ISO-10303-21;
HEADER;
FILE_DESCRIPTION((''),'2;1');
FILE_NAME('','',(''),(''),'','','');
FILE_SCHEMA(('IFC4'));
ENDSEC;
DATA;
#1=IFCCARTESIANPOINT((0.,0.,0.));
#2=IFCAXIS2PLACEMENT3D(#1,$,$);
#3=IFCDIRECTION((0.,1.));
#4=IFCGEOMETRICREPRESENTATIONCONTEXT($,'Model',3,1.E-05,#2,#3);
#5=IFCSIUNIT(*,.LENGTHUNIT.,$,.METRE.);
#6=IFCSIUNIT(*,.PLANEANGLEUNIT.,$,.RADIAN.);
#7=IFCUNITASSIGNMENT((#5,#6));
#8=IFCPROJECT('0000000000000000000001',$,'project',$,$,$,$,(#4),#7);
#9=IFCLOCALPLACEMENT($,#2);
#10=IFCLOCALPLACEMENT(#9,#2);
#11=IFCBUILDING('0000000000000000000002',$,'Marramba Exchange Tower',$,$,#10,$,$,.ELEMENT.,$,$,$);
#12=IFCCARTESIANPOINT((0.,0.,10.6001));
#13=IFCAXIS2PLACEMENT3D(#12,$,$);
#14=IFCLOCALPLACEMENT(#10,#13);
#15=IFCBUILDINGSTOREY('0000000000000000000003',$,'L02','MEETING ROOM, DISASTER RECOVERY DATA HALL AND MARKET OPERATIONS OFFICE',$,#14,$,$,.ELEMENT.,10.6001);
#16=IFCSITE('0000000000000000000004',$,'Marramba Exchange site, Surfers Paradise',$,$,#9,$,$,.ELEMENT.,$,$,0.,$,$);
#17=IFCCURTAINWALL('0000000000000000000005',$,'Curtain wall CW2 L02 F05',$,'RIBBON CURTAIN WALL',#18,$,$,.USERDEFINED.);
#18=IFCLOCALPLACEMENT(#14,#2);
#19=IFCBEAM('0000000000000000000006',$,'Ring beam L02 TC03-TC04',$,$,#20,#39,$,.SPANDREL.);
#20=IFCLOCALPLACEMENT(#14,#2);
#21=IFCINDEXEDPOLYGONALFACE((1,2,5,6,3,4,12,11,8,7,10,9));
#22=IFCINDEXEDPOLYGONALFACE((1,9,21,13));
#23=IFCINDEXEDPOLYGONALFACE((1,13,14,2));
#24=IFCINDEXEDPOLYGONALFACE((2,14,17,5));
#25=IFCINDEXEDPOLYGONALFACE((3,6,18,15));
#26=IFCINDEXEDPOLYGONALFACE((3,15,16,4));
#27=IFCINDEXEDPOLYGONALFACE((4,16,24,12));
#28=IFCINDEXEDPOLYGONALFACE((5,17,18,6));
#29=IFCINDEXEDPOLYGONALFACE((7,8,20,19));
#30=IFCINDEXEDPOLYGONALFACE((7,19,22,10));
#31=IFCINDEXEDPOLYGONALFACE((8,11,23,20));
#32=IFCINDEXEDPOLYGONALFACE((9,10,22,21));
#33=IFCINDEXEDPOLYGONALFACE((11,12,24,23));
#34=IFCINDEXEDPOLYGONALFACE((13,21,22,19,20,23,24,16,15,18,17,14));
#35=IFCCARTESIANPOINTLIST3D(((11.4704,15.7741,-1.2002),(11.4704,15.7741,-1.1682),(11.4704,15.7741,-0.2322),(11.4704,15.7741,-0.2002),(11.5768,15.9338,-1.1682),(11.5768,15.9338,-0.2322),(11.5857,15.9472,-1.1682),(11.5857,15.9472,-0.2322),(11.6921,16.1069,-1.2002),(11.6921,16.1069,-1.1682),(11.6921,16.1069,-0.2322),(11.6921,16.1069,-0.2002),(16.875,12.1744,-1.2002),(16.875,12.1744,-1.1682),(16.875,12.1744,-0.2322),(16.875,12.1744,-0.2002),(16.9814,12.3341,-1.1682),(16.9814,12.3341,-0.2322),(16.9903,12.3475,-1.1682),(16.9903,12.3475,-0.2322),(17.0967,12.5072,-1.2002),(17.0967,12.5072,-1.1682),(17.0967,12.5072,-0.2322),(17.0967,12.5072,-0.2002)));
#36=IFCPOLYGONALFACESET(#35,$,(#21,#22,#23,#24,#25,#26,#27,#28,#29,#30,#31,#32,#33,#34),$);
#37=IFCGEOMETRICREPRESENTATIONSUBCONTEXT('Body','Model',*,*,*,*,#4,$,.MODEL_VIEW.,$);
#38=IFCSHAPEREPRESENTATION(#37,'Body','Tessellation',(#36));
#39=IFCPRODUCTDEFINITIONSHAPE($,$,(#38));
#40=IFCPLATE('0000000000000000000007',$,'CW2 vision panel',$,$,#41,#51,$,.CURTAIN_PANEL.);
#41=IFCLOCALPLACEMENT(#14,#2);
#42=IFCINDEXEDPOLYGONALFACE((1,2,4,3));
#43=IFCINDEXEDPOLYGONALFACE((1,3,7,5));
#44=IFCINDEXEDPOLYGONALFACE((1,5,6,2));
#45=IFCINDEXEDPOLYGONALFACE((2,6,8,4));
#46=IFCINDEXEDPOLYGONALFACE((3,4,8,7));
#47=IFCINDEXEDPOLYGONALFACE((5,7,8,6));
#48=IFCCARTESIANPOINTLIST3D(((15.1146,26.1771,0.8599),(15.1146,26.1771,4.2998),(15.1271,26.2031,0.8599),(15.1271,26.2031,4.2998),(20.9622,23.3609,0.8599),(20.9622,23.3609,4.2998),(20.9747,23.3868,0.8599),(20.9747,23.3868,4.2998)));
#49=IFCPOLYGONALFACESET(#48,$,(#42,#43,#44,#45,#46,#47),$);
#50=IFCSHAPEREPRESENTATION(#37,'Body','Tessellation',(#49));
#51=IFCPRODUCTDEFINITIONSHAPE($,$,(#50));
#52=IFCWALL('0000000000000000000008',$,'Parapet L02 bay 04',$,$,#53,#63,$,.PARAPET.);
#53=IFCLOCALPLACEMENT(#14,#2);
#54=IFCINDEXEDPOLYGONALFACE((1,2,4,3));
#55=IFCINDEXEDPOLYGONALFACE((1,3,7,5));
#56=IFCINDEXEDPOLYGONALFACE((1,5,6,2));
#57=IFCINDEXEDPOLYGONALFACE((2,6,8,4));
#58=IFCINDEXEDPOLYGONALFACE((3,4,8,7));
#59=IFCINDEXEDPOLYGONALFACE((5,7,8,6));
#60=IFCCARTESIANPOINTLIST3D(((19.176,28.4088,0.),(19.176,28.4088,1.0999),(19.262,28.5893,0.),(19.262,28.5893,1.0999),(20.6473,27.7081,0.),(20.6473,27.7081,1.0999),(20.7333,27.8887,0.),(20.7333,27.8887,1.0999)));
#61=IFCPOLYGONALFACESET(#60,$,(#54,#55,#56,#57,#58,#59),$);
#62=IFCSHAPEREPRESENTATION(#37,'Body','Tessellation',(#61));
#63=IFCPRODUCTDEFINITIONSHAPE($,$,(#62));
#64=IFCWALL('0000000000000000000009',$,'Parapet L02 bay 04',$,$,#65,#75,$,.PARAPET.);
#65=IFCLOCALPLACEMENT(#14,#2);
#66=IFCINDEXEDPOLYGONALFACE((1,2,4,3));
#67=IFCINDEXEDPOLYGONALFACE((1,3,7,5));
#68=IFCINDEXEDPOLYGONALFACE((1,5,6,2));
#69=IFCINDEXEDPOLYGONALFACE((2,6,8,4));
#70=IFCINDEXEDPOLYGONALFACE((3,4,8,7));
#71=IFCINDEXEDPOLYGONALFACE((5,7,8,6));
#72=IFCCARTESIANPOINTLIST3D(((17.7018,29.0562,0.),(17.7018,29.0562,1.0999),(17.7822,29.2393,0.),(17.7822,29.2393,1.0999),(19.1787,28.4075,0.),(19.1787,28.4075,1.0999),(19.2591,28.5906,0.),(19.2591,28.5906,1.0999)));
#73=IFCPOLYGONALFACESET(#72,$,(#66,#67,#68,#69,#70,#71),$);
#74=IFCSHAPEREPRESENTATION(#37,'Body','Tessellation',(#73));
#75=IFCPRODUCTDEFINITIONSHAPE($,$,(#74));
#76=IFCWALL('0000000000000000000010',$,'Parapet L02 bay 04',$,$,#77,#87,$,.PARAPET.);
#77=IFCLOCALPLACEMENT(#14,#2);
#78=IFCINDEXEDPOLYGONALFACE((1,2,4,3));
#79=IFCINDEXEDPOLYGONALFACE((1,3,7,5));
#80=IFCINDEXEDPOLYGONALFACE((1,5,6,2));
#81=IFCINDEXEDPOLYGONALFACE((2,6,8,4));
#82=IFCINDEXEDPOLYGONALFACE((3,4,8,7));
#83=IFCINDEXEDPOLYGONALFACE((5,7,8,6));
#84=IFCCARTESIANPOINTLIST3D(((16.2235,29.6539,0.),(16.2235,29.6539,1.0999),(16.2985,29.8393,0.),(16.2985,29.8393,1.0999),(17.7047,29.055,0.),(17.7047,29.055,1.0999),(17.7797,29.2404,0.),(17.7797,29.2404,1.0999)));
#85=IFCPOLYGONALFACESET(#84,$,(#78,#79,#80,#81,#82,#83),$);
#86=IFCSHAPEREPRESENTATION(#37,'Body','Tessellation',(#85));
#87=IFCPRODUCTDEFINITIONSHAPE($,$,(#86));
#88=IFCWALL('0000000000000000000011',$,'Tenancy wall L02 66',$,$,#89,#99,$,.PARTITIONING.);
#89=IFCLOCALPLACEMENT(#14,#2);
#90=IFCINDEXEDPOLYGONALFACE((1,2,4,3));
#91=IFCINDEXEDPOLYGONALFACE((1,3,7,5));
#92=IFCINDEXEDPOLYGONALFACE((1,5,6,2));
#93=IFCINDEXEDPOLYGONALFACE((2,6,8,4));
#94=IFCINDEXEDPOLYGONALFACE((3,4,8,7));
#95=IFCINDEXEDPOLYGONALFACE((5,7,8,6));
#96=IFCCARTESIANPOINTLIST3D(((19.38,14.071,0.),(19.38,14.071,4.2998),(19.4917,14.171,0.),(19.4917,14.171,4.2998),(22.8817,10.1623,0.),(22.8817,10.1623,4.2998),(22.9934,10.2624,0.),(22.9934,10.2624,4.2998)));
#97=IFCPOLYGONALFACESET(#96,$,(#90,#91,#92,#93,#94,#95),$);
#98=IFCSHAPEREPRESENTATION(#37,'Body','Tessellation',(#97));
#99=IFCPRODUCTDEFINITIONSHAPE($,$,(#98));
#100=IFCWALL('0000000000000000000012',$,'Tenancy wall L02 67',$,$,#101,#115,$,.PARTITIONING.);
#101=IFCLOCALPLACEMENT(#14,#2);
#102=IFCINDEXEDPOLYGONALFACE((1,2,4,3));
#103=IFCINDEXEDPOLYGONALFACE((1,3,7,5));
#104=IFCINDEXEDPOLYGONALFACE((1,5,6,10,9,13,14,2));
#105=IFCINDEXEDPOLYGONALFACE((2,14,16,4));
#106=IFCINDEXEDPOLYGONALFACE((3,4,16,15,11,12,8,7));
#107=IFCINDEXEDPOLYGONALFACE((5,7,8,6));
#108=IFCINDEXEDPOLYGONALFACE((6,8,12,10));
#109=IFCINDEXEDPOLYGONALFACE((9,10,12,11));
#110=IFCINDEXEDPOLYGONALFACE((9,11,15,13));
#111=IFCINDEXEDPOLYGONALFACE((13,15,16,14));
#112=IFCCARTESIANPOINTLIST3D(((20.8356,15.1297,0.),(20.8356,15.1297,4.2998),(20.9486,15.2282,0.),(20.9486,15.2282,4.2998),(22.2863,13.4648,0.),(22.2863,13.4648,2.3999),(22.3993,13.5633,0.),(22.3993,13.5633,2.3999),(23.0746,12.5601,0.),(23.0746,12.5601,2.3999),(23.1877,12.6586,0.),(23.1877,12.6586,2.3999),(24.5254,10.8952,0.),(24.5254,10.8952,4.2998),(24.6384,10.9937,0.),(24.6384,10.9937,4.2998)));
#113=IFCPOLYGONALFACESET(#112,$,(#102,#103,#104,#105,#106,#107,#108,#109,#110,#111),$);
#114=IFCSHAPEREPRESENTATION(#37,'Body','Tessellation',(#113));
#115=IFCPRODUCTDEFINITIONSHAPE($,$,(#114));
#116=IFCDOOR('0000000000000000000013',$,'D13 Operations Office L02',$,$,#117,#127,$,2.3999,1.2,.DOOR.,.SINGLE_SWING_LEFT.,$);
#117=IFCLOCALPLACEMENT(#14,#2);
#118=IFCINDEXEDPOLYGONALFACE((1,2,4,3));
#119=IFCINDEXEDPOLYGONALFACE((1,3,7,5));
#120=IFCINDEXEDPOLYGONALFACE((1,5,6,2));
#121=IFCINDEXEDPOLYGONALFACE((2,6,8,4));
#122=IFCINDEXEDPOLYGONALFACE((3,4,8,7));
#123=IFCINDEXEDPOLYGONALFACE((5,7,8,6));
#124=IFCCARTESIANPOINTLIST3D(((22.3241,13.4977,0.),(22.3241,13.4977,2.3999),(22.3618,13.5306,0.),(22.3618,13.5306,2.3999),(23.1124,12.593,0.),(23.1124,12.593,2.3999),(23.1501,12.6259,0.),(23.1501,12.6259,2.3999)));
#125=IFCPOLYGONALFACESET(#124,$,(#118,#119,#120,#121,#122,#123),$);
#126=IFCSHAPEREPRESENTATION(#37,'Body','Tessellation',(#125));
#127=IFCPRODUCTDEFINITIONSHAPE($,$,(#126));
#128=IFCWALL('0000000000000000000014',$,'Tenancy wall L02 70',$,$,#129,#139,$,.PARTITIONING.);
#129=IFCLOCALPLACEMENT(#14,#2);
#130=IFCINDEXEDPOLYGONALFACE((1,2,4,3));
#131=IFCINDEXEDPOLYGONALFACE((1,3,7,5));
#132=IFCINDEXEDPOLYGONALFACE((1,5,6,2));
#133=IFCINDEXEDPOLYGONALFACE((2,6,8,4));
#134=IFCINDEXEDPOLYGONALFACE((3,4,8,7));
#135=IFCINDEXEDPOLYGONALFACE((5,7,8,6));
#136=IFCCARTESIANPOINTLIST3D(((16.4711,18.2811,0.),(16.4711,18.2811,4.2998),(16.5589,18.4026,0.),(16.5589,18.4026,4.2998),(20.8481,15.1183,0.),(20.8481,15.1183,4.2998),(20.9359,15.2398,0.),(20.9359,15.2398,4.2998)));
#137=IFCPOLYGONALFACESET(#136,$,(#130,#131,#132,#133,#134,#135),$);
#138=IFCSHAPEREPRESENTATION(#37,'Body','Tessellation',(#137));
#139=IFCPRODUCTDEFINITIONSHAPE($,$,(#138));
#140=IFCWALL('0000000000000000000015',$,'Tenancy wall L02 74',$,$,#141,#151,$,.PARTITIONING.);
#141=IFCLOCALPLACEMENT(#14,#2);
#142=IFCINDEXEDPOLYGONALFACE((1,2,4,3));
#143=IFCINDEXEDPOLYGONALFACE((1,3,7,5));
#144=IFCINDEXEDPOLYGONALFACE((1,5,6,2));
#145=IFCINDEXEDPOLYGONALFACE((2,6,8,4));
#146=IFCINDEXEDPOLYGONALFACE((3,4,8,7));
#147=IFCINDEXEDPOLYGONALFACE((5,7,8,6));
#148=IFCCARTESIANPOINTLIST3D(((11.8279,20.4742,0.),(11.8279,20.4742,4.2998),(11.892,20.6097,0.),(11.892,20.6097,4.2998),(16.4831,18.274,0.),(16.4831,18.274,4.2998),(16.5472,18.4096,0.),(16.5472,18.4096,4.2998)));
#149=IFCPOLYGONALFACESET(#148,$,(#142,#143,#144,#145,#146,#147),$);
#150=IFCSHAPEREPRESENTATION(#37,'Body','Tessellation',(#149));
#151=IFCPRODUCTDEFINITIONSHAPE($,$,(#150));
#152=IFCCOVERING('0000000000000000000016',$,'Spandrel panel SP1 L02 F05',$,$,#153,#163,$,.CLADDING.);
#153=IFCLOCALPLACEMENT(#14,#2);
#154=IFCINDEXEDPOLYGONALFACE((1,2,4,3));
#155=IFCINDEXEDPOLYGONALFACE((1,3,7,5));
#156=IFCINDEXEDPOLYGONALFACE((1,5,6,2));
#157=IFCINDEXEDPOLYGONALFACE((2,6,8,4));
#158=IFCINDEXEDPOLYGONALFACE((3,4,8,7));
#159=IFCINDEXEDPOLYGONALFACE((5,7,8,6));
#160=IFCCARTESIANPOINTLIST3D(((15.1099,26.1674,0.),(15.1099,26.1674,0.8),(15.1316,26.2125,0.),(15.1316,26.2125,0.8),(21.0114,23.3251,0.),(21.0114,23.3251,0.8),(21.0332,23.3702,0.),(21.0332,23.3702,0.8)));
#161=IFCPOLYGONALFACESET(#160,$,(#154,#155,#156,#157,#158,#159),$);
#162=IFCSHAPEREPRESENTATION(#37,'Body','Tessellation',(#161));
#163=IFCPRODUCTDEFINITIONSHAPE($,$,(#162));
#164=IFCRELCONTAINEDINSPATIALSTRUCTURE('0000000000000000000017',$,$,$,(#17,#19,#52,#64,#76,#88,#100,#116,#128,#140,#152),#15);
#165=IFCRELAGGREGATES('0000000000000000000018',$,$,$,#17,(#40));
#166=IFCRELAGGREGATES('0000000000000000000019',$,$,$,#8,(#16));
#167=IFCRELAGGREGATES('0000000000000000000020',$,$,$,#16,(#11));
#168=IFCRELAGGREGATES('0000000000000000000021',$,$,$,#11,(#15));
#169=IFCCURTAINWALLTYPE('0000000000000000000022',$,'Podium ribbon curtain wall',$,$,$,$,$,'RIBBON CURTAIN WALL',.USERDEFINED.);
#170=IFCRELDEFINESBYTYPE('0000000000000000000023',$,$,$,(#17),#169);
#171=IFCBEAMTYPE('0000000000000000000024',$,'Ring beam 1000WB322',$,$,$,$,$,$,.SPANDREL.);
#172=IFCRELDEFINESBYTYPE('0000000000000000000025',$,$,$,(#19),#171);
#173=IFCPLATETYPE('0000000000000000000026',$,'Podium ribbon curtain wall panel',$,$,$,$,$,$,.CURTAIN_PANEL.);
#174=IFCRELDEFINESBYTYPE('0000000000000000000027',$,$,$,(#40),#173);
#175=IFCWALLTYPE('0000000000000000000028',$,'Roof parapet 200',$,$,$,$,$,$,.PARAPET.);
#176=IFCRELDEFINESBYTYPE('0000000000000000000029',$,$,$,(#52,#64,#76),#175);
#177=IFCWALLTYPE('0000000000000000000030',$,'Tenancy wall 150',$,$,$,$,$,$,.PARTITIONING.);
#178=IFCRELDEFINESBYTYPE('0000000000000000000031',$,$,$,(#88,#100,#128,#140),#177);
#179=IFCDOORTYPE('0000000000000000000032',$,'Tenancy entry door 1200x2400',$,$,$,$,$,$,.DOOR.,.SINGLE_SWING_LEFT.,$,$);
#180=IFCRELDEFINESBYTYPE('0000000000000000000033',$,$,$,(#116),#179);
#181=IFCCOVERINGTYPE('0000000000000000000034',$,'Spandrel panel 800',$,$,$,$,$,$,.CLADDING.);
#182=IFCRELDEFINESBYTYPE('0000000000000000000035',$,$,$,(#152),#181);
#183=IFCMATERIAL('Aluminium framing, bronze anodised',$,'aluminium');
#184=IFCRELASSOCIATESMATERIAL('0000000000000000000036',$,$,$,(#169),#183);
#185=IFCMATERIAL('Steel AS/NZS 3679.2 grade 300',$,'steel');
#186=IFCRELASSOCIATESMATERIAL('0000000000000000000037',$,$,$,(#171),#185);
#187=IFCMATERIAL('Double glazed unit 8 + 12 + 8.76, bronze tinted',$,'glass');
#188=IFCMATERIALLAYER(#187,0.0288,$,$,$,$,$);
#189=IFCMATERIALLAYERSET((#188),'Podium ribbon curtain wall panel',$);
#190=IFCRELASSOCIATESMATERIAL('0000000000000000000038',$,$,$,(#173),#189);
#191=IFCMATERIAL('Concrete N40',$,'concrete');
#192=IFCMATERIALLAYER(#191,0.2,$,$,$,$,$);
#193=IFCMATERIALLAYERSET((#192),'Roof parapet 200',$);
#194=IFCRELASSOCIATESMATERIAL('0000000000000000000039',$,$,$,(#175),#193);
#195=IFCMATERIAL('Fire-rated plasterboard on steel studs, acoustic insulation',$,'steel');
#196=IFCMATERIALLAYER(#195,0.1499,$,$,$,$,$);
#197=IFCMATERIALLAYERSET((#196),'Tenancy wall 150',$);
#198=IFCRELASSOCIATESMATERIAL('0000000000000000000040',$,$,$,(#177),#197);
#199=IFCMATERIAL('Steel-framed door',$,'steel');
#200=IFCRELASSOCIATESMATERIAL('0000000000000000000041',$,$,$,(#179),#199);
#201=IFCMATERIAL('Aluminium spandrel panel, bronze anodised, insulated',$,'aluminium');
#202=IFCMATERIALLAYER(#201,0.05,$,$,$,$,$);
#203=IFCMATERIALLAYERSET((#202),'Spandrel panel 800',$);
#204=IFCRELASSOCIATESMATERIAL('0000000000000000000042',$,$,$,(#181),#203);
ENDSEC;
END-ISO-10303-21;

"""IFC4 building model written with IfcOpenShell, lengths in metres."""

from ifc_helpers import new_model, si_unit, direction, frame, frame_2d, origin, origin_2d, place, context, subcontext, project, spatial, rectangle, i_section, extrude, material, layer, layer_set, material_profile, profile_set, type_object, element, fill, aggregate, save


model = new_model("IFC4")

# Units and contexts
model_context = context("Model", 3, precision=1e-05, world=origin(), true_north=direction((0.0, 1.0)))
body_context = subcontext(model_context, "Body", "Model", "MODEL_VIEW")
ifc_project = project(units=[si_unit("LENGTHUNIT", "METRE"), si_unit("PLANEANGLEUNIT", "RADIAN")], contexts=[model_context])

# Site, building, storey
site_placement = place(None, origin())
site = spatial("IfcSite", under=ifc_project, at=site_placement, Name="Marramba Exchange site, Surfers Paradise", CompositionType="ELEMENT", RefElevation=0.0)
building_placement = place(site_placement, origin())
building = spatial("IfcBuilding", under=site, at=building_placement, Name="Marramba Exchange Tower", CompositionType="ELEMENT")
storey_placement = place(building_placement, frame((0.0, 0.0, 10.6001)))
storey = spatial("IfcBuildingStorey", under=building, at=storey_placement, Name="L02", Description="MEETING ROOM, DISASTER RECOVERY DATA HALL AND MARKET OPERATIONS OFFICE", CompositionType="ELEMENT", Elevation=10.6001)

# Curtain wall
ifc_material_1 = material(Name="Aluminium framing, bronze anodised", Category="aluminium")
curtain_wall_type = type_object("IfcCurtainWallType", Name="Podium ribbon curtain wall", ElementType="RIBBON CURTAIN WALL", PredefinedType="USERDEFINED", material=ifc_material_1)
curtain_wall_placement = place(storey_placement, origin())
curtain_wall = element("IfcCurtainWall", 1, at=curtain_wall_placement, inside=storey, type_object=curtain_wall_type, Name="Curtain wall CW2 L02 F05", ObjectType="RIBBON CURTAIN WALL", PredefinedType="USERDEFINED")

# Beam
ifc_material_2 = material(Name="Steel AS/NZS 3679.2 grade 300", Category="steel")
ifc_material_profile_1 = material_profile(ifc_material_2, i_section(OverallWidth=0.3999, OverallDepth=1.0, WebThickness=0.0161, FlangeThickness=0.032, at=origin_2d()), Name="1000WB322")
ifc_profile_set_1 = profile_set([ifc_material_profile_1], Name="Steel AS/NZS 3679.2 grade 300")
beam_type_1 = type_object("IfcBeamType", Name="Ring beam 1000WB322", PredefinedType="SPANDREL", material=ifc_profile_set_1)
beam_1_placement = place(storey_placement, frame((16.9858, 12.3408, -0.7002), z_axis=(-0.832293, 0.554336, 0.0), x_axis=(-0.554336, -0.832293, 0.0)))
element("IfcBeam", 2, at=beam_1_placement, inside=storey, type_object=beam_type_1, Name="Ring beam L02 TC03-TC04", PredefinedType="SPANDREL", context=body_context, shape_type="SweptSolid", body=[
    extrude(i_section(OverallWidth=0.3999, OverallDepth=1.0, WebThickness=0.0161, FlangeThickness=0.032, at=origin_2d()), origin(), (0.0, 0.0, 1.0), 6.4937),
])

# Plate
ifc_material_3 = material(Name="Double glazed unit 8 + 12 + 8.76, bronze tinted", Category="glass")
ifc_layer_1 = layer(ifc_material_3, 0.0288)
ifc_layer_set_1 = layer_set([ifc_layer_1], Name="Podium ribbon curtain wall panel")
plate_type = type_object("IfcPlateType", Name="Podium ribbon curtain wall panel", PredefinedType="CURTAIN_PANEL", material=ifc_layer_set_1)
plate_placement = place(storey_placement, frame((18.0447, 24.782, 0.8599), z_axis=(0.0, 0.0, 1.0), x_axis=(-0.900956, 0.43391, 0.0)))
plate = element("IfcPlate", 3, at=plate_placement, type_object=plate_type, Name="CW2 vision panel", PredefinedType="CURTAIN_PANEL", context=body_context, shape_type="SweptSolid", body=[
    extrude(rectangle(XDim=6.4905, YDim=0.0288, at=origin_2d()), origin(), (0.0, 0.0, 1.0), 3.4399),
])
aggregate(curtain_wall, [plate])

# Walls
ifc_material_4 = material(Name="Concrete N40", Category="concrete")
ifc_layer_2 = layer(ifc_material_4, 0.2)
ifc_layer_set_2 = layer_set([ifc_layer_2], Name="Roof parapet 200")
wall_type_1 = type_object("IfcWallType", Name="Roof parapet 200", PredefinedType="PARAPET", material=ifc_layer_set_2)
wall_1_placement = place(storey_placement, frame((20.6904, 27.7983, 0.0), z_axis=(0.0, 0.0, 1.0), x_axis=(-0.902861, 0.429934, 0.0)))
element("IfcWall", 4, at=wall_1_placement, inside=storey, type_object=wall_type_1, Name="Parapet L02 bay 04", PredefinedType="PARAPET", context=body_context, shape_type="SweptSolid", body=[
    extrude(rectangle(XDim=1.6296, YDim=0.2, at=frame_2d((0.8149, 0.0))), origin(), (0.0, 0.0, 1.0), 1.0999),
])
wall_2_placement = place(storey_placement, frame((19.219, 28.499, 0.0), z_axis=(0.0, 0.0, 1.0), x_axis=(-0.915569, 0.40216, 0.0)))
element("IfcWall", 5, at=wall_2_placement, inside=storey, type_object=wall_type_1, Name="Parapet L02 bay 04", PredefinedType="PARAPET", context=body_context, shape_type="SweptSolid", body=[
    extrude(rectangle(XDim=1.613, YDim=0.2, at=frame_2d((0.8066, 0.0))), origin(), (0.0, 0.0, 1.0), 1.0999),
])
wall_3_placement = place(storey_placement, frame((17.7422, 29.1477, 0.0), z_axis=(0.0, 0.0, 1.0), x_axis=(-0.92709, 0.374839, 0.0)))
element("IfcWall", 6, at=wall_3_placement, inside=storey, type_object=wall_type_1, Name="Parapet L02 bay 04", PredefinedType="PARAPET", context=body_context, shape_type="SweptSolid", body=[
    extrude(rectangle(XDim=1.5977, YDim=0.2, at=frame_2d((0.7988, 0.0))), origin(), (0.0, 0.0, 1.0), 1.0999),
])
ifc_material_5 = material(Name="Fire-rated plasterboard on steel studs, acoustic insulation", Category="steel")
ifc_layer_3 = layer(ifc_material_5, 0.1499)
ifc_layer_set_3 = layer_set([ifc_layer_3], Name="Tenancy wall 150")
wall_type_2 = type_object("IfcWallType", Name="Tenancy wall 150", PredefinedType="PARTITIONING", material=ifc_layer_set_3)
wall_4_placement = place(storey_placement, frame((19.4358, 14.1211, 0.0), z_axis=(0.0, 0.0, 1.0), x_axis=(0.667267, -0.744819, 0.0)))
element("IfcWall", 7, at=wall_4_placement, inside=storey, type_object=wall_type_2, Name="Tenancy wall L02 66", PredefinedType="PARTITIONING", context=body_context, shape_type="SweptSolid", body=[
    extrude(rectangle(XDim=5.2478, YDim=0.1499, at=frame_2d((2.624, 0.0))), origin(), (0.0, 0.0, 1.0), 4.2998),
])

# Wall, opening, door
wall_5_placement = place(storey_placement, frame((24.5818, 10.9446, 0.0), z_axis=(0.0, 0.0, 1.0), x_axis=(-0.656952, 0.753932, 0.0)))
wall_5 = element("IfcWall", 8, at=wall_5_placement, inside=storey, type_object=wall_type_2, Name="Tenancy wall L02 67", PredefinedType="PARTITIONING", context=body_context, shape_type="SweptSolid", body=[
    extrude(rectangle(XDim=5.6165, YDim=0.1499, at=frame_2d((2.8081, 0.0))), origin(), (0.0, 0.0, 1.0), 4.2998),
])
opening_placement = place(wall_5_placement, frame((2.208, 0.0, 0.0)))
opening = element("IfcOpeningElement", 9, at=opening_placement, cuts=wall_5, PredefinedType="OPENING", context=body_context, shape_type="SweptSolid", body=[
    extrude(rectangle(XDim=1.2, YDim=2.3999, at=frame_2d((0.6001, 1.2))), frame((0.0, 0.085, 0.0), z_axis=(0.0, -1.0, 0.0), x_axis=(1.0, 0.0, 0.0)), (0.0, 0.0, 1.0), 0.1699),
])
ifc_material_6 = material(Name="Steel-framed door", Category="steel")
door_type = type_object("IfcDoorType", Name="Tenancy entry door 1200x2400", OperationType="SINGLE_SWING_LEFT", PredefinedType="DOOR", material=ifc_material_6)
door_placement = place(opening_placement, origin())
door = element("IfcDoor", 10, at=door_placement, inside=storey, type_object=door_type, Name="D13 Operations Office L02", OperationType="SINGLE_SWING_LEFT", OverallHeight=2.3999, OverallWidth=1.2, PredefinedType="DOOR", context=body_context, shape_type="SweptSolid", body=[
    extrude(rectangle(XDim=1.2, YDim=2.3999, at=frame_2d((0.6001, 1.2))), frame((0.0, 0.0249, 0.0), z_axis=(0.0, -1.0, 0.0), x_axis=(1.0, 0.0, 0.0)), (0.0, 0.0, 1.0), 0.05),
])
fill(opening, door)

# Walls
wall_6_placement = place(storey_placement, frame((20.8921, 15.179, 0.0), z_axis=(0.0, 0.0, 1.0), x_axis=(-0.810529, 0.585699, 0.0)))
element("IfcWall", 11, at=wall_6_placement, inside=storey, type_object=wall_type_2, Name="Tenancy wall L02 70", PredefinedType="PARTITIONING", context=body_context, shape_type="SweptSolid", body=[
    extrude(rectangle(XDim=5.4001, YDim=0.1499, at=frame_2d((2.7002, 0.0))), origin(), (0.0, 0.0, 1.0), 4.2998),
])
wall_7_placement = place(storey_placement, frame((16.5151, 18.3418, 0.0), z_axis=(0.0, 0.0, 1.0), x_axis=(-0.904108, 0.427304, 0.0)))
element("IfcWall", 12, at=wall_7_placement, inside=storey, type_object=wall_type_2, Name="Tenancy wall L02 74", PredefinedType="PARTITIONING", context=body_context, shape_type="SweptSolid", body=[
    extrude(rectangle(XDim=5.1489, YDim=0.1499, at=frame_2d((2.5745, 0.0))), origin(), (0.0, 0.0, 1.0), 4.2998),
])

# Covering
ifc_material_7 = material(Name="Aluminium spandrel panel, bronze anodised, insulated", Category="aluminium")
ifc_layer_4 = layer(ifc_material_7, 0.05)
ifc_layer_set_4 = layer_set([ifc_layer_4], Name="Spandrel panel 800")
covering_type = type_object("IfcCoveringType", Name="Spandrel panel 800", PredefinedType="CLADDING", material=ifc_layer_set_4)
covering_placement = place(storey_placement, frame((18.0715, 24.7688, 0.0), z_axis=(0.0, 0.0, 1.0), x_axis=(-0.900956, 0.43391, 0.0)))
element("IfcCovering", 13, at=covering_placement, inside=storey, type_object=covering_type, Name="Spandrel panel SP1 L02 F05", PredefinedType="CLADDING", context=body_context, shape_type="SweptSolid", body=[
    extrude(rectangle(XDim=6.5503, YDim=0.05, at=origin_2d()), origin(), (0.0, 0.0, 1.0), 0.8),
])

save(model, "model.ifc")
